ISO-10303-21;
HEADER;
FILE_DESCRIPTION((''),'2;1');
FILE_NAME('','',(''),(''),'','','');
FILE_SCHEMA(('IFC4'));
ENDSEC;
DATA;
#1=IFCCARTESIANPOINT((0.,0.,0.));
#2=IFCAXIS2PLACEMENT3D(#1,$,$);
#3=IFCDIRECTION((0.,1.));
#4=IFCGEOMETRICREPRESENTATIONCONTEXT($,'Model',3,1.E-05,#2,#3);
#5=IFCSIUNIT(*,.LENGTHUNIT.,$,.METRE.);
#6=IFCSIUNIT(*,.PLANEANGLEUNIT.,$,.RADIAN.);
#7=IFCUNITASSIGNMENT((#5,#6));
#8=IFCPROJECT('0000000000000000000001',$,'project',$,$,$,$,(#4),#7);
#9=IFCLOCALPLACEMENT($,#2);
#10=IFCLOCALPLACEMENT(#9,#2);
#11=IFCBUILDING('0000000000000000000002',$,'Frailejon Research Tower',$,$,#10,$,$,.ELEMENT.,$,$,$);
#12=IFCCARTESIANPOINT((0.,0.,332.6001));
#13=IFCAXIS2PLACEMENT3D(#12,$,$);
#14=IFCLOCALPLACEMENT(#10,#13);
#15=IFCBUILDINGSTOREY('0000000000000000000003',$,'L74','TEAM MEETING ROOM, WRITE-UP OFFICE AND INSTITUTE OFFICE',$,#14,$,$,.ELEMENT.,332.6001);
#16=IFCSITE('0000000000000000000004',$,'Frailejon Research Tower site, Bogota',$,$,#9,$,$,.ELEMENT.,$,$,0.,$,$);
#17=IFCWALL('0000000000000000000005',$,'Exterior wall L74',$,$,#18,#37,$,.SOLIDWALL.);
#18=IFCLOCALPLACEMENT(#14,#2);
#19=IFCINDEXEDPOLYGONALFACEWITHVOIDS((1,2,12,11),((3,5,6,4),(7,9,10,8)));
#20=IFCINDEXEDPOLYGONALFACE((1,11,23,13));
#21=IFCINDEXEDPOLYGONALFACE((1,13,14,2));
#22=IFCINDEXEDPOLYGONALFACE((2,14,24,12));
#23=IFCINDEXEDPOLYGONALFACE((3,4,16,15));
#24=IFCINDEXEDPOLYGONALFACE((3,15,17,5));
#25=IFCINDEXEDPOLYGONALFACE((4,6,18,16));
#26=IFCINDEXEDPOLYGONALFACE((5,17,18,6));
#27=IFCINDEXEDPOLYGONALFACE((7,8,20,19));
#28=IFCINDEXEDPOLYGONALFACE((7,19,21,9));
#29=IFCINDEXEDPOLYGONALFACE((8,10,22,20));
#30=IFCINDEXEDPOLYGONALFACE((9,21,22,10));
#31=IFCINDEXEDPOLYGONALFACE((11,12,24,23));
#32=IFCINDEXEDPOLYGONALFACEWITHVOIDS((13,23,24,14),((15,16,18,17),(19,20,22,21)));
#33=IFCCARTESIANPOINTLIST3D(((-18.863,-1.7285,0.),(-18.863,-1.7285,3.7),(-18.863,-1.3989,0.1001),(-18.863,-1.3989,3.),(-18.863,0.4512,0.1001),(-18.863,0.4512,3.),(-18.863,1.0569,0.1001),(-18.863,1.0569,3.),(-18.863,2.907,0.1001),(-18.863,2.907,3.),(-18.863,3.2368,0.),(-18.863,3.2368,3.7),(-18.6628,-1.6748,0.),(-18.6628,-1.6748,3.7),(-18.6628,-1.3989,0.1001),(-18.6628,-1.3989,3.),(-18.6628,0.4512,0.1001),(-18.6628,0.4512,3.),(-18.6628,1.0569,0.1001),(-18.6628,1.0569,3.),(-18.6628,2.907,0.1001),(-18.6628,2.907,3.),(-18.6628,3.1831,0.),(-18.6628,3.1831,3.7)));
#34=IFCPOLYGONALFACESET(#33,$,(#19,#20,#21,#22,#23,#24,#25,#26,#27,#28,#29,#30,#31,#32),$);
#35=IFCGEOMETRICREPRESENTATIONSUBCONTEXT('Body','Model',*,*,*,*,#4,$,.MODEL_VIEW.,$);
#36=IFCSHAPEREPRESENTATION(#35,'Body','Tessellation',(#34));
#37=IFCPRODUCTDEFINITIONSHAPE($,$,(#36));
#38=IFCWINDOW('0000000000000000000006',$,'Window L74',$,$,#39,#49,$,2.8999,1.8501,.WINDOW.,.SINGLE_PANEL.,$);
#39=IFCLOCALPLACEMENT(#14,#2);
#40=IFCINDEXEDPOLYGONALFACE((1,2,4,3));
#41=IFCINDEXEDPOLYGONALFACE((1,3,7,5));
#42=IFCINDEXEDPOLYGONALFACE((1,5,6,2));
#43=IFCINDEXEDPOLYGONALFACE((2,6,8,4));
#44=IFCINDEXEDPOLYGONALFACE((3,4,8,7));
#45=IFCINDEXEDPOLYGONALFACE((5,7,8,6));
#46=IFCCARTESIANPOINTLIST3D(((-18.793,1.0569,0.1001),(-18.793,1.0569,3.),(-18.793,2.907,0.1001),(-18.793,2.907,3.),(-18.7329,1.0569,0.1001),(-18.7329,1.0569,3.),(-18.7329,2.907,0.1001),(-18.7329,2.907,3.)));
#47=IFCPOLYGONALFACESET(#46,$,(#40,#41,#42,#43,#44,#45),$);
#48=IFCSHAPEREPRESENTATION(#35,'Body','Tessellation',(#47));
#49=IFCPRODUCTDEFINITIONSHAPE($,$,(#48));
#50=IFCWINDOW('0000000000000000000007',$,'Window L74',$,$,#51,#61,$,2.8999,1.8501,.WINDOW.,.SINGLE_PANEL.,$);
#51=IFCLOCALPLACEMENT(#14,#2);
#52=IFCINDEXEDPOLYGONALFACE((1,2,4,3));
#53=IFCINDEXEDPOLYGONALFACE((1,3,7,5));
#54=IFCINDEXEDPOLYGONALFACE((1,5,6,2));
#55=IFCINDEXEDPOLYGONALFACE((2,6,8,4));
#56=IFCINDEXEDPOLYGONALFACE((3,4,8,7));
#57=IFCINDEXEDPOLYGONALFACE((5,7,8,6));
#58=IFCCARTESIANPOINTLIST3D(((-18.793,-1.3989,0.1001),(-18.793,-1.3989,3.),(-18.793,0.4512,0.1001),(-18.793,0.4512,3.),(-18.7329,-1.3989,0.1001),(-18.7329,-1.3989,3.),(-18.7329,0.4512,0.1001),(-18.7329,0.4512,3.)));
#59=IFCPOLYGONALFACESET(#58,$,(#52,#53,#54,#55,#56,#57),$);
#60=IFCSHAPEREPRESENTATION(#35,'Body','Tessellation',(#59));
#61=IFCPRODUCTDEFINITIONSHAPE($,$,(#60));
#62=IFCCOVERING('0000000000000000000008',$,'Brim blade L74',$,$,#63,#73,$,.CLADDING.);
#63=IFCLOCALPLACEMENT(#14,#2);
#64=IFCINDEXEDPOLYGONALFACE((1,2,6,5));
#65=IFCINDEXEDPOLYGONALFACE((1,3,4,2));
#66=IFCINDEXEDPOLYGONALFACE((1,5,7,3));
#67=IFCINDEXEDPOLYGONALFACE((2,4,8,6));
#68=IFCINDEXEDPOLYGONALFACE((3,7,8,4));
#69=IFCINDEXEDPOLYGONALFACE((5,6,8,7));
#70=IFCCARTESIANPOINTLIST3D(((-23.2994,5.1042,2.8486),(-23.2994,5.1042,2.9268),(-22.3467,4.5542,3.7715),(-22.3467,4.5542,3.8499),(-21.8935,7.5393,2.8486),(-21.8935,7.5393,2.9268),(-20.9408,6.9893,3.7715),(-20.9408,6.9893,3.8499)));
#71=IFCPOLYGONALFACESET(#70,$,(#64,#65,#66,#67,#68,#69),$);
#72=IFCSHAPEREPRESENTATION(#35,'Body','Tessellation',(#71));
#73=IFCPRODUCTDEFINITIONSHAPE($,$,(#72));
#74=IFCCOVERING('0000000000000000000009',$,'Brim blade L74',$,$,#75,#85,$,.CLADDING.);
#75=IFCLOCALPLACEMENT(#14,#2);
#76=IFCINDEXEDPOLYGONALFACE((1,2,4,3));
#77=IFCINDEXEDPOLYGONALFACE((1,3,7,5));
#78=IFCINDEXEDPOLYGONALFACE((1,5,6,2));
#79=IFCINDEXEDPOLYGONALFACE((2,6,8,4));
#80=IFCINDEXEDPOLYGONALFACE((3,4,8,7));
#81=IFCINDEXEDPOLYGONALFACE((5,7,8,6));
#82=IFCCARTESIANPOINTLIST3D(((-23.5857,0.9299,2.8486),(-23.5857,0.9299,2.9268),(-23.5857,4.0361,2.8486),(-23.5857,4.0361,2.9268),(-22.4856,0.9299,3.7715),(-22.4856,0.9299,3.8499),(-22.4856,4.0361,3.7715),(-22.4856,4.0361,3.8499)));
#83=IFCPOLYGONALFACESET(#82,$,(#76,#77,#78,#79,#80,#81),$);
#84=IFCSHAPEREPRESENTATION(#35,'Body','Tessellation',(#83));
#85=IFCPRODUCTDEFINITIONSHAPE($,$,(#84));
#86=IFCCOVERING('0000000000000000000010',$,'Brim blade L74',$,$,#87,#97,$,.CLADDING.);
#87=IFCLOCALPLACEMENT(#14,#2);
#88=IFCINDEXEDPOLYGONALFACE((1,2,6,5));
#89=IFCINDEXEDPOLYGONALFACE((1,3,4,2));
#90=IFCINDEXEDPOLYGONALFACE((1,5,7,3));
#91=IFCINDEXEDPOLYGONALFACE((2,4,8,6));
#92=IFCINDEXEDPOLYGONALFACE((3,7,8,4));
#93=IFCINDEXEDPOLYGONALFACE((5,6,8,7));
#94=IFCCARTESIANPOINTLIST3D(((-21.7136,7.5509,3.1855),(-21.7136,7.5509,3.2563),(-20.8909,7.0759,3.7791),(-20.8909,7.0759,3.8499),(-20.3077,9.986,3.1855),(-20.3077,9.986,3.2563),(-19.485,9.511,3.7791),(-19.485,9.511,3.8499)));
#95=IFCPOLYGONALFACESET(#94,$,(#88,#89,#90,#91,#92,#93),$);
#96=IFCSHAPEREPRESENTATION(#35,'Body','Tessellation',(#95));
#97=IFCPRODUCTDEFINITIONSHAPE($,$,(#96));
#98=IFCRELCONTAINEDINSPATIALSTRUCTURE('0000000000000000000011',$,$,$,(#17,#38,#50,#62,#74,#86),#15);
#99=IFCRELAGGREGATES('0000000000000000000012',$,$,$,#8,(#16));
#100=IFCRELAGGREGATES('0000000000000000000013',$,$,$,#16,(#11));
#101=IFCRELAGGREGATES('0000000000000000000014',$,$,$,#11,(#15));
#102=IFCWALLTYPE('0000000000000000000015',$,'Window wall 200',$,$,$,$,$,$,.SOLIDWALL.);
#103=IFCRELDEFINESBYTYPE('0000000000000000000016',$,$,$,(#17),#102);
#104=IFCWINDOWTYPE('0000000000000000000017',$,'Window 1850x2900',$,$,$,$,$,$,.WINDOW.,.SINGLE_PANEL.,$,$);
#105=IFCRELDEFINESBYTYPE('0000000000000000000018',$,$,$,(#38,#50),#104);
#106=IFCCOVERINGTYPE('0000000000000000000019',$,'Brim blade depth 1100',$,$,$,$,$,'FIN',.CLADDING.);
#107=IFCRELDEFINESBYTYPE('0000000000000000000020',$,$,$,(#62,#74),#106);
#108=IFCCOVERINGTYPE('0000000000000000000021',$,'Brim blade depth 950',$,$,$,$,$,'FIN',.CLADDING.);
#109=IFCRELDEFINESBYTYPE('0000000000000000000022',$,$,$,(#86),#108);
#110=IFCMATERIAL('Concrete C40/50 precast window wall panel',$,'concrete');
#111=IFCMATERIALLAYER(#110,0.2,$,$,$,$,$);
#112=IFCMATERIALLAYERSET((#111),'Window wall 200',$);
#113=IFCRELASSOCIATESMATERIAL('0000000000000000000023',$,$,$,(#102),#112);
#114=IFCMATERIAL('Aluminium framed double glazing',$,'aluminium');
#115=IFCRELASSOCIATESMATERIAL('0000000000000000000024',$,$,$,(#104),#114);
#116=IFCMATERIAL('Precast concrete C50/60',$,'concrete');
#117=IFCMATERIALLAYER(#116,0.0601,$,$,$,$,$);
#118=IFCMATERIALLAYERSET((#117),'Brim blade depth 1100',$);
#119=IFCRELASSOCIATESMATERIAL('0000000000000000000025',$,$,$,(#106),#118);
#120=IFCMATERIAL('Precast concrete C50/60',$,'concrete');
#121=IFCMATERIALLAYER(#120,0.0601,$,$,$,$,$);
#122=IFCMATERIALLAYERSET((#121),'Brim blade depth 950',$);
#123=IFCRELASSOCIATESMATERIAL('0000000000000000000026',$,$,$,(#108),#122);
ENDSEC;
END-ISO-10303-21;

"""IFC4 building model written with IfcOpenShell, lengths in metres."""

from ifc_helpers import new_model, si_unit, direction, frame, frame_2d, origin, place, context, subcontext, project, spatial, polyline, rectangle, outline, extrude, material, layer, layer_set, type_object, element, fill, save


model = new_model("IFC4")

# Units and contexts
model_context = context("Model", 3, precision=1e-05, world=origin(), true_north=direction((0.0, 1.0)))
body_context = subcontext(model_context, "Body", "Model", "MODEL_VIEW")
ifc_project = project(units=[si_unit("LENGTHUNIT", "METRE"), si_unit("PLANEANGLEUNIT", "RADIAN")], contexts=[model_context])

# Site, building, storey
site_placement = place(None, origin())
site = spatial("IfcSite", under=ifc_project, at=site_placement, Name="Frailejon Research Tower site, Bogota", CompositionType="ELEMENT", RefElevation=0.0)
building_placement = place(site_placement, origin())
building = spatial("IfcBuilding", under=site, at=building_placement, Name="Frailejon Research Tower", CompositionType="ELEMENT")
storey_placement = place(building_placement, frame((0.0, 0.0, 332.6001)))
storey = spatial("IfcBuildingStorey", under=building, at=storey_placement, Name="L74", Description="TEAM MEETING ROOM, WRITE-UP OFFICE AND INSTITUTE OFFICE", CompositionType="ELEMENT", Elevation=332.6001)

# Wall, openings, windows
ifc_material_1 = material(Name="Concrete C40/50 precast window wall panel", Category="concrete")
ifc_layer_1 = layer(ifc_material_1, 0.2)
ifc_layer_set_1 = layer_set([ifc_layer_1], Name="Window wall 200")
wall_type_1 = type_object("IfcWallType", Name="Window wall 200", PredefinedType="SOLIDWALL", material=ifc_layer_set_1)
wall_1_placement = place(storey_placement, frame((-18.7629, 3.21, 0.0), z_axis=(0.0, 0.0, 1.0), x_axis=(0.0, -1.0, 0.0)))
wall_1 = element("IfcWall", 1, at=wall_1_placement, inside=storey, type_object=wall_type_1, Name="Exterior wall L74", PredefinedType="SOLIDWALL", context=body_context, shape_type="SweptSolid", body=[
    extrude(outline(polyline([(-0.0269, -0.1001), (1.2144, -0.1001), (2.4558, -0.1001), (3.6973, -0.1001), (4.9385, -0.1001), (4.8848, 0.1001), (3.6704, 0.1001), (2.4558, 0.1001), (1.2412, 0.1001), (0.0269, 0.1001), (-0.0269, -0.1001)])), origin(), (0.0, 0.0, 1.0), 3.7),
])
opening_1_placement = place(wall_1_placement, frame((0.303, 0.0, 0.1001)))
opening_1 = element("IfcOpeningElement", 2, at=opening_1_placement, cuts=wall_1, PredefinedType="OPENING", context=body_context, shape_type="SweptSolid", body=[
    extrude(rectangle(XDim=1.8501, YDim=2.8999, at=frame_2d((0.925, 1.45))), frame((0.0, 0.1099, 0.0), z_axis=(0.0, -1.0, 0.0), x_axis=(1.0, 0.0, 0.0)), (0.0, 0.0, 1.0), 0.22),
])
opening_2_placement = place(wall_1_placement, frame((2.7588, 0.0, 0.1001)))
opening_2 = element("IfcOpeningElement", 3, at=opening_2_placement, cuts=wall_1, PredefinedType="OPENING", context=body_context, shape_type="SweptSolid", body=[
    extrude(rectangle(XDim=1.8501, YDim=2.8999, at=frame_2d((0.925, 1.45))), frame((0.0, 0.1099, 0.0), z_axis=(0.0, -1.0, 0.0), x_axis=(1.0, 0.0, 0.0)), (0.0, 0.0, 1.0), 0.22),
])
ifc_material_2 = material(Name="Aluminium framed double glazing", Category="aluminium")
window_type = type_object("IfcWindowType", Name="Window 1850x2900", PartitioningType="SINGLE_PANEL", PredefinedType="WINDOW", material=ifc_material_2)
window_1_placement = place(opening_1_placement, origin())
window_1 = element("IfcWindow", 4, at=window_1_placement, inside=storey, type_object=window_type, Name="Window L74", OverallHeight=2.8999, OverallWidth=1.8501, PartitioningType="SINGLE_PANEL", PredefinedType="WINDOW", context=body_context, shape_type="SweptSolid", body=[
    extrude(rectangle(XDim=1.8501, YDim=2.8999, at=frame_2d((0.925, 1.45))), frame((0.0, 0.03, 0.0), z_axis=(0.0, -1.0, 0.0), x_axis=(1.0, 0.0, 0.0)), (0.0, 0.0, 1.0), 0.0601),
])
fill(opening_1, window_1)
window_2_placement = place(opening_2_placement, origin())
window_2 = element("IfcWindow", 5, at=window_2_placement, inside=storey, type_object=window_type, Name="Window L74", OverallHeight=2.8999, OverallWidth=1.8501, PartitioningType="SINGLE_PANEL", PredefinedType="WINDOW", context=body_context, shape_type="SweptSolid", body=[
    extrude(rectangle(XDim=1.8501, YDim=2.8999, at=frame_2d((0.925, 1.45))), frame((0.0, 0.03, 0.0), z_axis=(0.0, -1.0, 0.0), x_axis=(1.0, 0.0, 0.0)), (0.0, 0.0, 1.0), 0.0601),
])
fill(opening_2, window_2)

# Coverings
ifc_material_3 = material(Name="Precast concrete C50/60", Category="concrete")
ifc_layer_2 = layer(ifc_material_3, 0.0601)
ifc_layer_set_2 = layer_set([ifc_layer_2], Name="Brim blade depth 1100")
covering_type_1 = type_object("IfcCoveringType", Name="Brim blade depth 1100", ElementType="FIN", PredefinedType="CLADDING", material=ifc_layer_set_2)
covering_1_placement = place(storey_placement, frame((-22.3467, 4.5542, 3.8499), z_axis=(0.499988, 0.866032, 0.0), x_axis=(-0.866032, 0.499988, 0.0)))
element("IfcCovering", 6, at=covering_1_placement, inside=storey, type_object=covering_type_1, Name="Brim blade L74", PredefinedType="CLADDING", context=body_context, shape_type="SweptSolid", body=[
    extrude(outline(polyline([(0.0, -0.0784), (1.1001, -1.0012), (1.1001, -0.9231), (0.0, 0.0), (0.0, -0.0784)])), origin(), (0.0, 0.0, 1.0), 2.8118),
])
covering_2_placement = place(storey_placement, frame((-22.4856, 0.9299, 3.8499), z_axis=(0.0, 1.0, 0.0), x_axis=(-1.0, 0.0, 0.0)))
element("IfcCovering", 7, at=covering_2_placement, inside=storey, type_object=covering_type_1, Name="Brim blade L74", PredefinedType="CLADDING", context=body_context, shape_type="SweptSolid", body=[
    extrude(outline(polyline([(0.0, -0.0784), (1.1001, -1.0012), (1.1001, -0.9231), (0.0, 0.0), (0.0, -0.0784)])), origin(), (0.0, 0.0, 1.0), 3.1062),
])
ifc_material_4 = material(Name="Precast concrete C50/60", Category="concrete")
ifc_layer_3 = layer(ifc_material_4, 0.0601)
ifc_layer_set_3 = layer_set([ifc_layer_3], Name="Brim blade depth 950")
covering_type_2 = type_object("IfcCoveringType", Name="Brim blade depth 950", ElementType="FIN", PredefinedType="CLADDING", material=ifc_layer_set_3)
covering_3_placement = place(storey_placement, frame((-20.8909, 7.0759, 3.8499), z_axis=(0.499988, 0.866032, 0.0), x_axis=(-0.866032, 0.499988, 0.0)))
element("IfcCovering", 8, at=covering_3_placement, inside=storey, type_object=covering_type_2, Name="Brim blade L74", PredefinedType="CLADDING", context=body_context, shape_type="SweptSolid", body=[
    extrude(outline(polyline([(0.0, -0.0708), (0.95, -0.6643), (0.95, -0.5935), (0.0, 0.0), (0.0, -0.0708)])), origin(), (0.0, 0.0, 1.0), 2.8118),
])

save(model, "model.ifc")
